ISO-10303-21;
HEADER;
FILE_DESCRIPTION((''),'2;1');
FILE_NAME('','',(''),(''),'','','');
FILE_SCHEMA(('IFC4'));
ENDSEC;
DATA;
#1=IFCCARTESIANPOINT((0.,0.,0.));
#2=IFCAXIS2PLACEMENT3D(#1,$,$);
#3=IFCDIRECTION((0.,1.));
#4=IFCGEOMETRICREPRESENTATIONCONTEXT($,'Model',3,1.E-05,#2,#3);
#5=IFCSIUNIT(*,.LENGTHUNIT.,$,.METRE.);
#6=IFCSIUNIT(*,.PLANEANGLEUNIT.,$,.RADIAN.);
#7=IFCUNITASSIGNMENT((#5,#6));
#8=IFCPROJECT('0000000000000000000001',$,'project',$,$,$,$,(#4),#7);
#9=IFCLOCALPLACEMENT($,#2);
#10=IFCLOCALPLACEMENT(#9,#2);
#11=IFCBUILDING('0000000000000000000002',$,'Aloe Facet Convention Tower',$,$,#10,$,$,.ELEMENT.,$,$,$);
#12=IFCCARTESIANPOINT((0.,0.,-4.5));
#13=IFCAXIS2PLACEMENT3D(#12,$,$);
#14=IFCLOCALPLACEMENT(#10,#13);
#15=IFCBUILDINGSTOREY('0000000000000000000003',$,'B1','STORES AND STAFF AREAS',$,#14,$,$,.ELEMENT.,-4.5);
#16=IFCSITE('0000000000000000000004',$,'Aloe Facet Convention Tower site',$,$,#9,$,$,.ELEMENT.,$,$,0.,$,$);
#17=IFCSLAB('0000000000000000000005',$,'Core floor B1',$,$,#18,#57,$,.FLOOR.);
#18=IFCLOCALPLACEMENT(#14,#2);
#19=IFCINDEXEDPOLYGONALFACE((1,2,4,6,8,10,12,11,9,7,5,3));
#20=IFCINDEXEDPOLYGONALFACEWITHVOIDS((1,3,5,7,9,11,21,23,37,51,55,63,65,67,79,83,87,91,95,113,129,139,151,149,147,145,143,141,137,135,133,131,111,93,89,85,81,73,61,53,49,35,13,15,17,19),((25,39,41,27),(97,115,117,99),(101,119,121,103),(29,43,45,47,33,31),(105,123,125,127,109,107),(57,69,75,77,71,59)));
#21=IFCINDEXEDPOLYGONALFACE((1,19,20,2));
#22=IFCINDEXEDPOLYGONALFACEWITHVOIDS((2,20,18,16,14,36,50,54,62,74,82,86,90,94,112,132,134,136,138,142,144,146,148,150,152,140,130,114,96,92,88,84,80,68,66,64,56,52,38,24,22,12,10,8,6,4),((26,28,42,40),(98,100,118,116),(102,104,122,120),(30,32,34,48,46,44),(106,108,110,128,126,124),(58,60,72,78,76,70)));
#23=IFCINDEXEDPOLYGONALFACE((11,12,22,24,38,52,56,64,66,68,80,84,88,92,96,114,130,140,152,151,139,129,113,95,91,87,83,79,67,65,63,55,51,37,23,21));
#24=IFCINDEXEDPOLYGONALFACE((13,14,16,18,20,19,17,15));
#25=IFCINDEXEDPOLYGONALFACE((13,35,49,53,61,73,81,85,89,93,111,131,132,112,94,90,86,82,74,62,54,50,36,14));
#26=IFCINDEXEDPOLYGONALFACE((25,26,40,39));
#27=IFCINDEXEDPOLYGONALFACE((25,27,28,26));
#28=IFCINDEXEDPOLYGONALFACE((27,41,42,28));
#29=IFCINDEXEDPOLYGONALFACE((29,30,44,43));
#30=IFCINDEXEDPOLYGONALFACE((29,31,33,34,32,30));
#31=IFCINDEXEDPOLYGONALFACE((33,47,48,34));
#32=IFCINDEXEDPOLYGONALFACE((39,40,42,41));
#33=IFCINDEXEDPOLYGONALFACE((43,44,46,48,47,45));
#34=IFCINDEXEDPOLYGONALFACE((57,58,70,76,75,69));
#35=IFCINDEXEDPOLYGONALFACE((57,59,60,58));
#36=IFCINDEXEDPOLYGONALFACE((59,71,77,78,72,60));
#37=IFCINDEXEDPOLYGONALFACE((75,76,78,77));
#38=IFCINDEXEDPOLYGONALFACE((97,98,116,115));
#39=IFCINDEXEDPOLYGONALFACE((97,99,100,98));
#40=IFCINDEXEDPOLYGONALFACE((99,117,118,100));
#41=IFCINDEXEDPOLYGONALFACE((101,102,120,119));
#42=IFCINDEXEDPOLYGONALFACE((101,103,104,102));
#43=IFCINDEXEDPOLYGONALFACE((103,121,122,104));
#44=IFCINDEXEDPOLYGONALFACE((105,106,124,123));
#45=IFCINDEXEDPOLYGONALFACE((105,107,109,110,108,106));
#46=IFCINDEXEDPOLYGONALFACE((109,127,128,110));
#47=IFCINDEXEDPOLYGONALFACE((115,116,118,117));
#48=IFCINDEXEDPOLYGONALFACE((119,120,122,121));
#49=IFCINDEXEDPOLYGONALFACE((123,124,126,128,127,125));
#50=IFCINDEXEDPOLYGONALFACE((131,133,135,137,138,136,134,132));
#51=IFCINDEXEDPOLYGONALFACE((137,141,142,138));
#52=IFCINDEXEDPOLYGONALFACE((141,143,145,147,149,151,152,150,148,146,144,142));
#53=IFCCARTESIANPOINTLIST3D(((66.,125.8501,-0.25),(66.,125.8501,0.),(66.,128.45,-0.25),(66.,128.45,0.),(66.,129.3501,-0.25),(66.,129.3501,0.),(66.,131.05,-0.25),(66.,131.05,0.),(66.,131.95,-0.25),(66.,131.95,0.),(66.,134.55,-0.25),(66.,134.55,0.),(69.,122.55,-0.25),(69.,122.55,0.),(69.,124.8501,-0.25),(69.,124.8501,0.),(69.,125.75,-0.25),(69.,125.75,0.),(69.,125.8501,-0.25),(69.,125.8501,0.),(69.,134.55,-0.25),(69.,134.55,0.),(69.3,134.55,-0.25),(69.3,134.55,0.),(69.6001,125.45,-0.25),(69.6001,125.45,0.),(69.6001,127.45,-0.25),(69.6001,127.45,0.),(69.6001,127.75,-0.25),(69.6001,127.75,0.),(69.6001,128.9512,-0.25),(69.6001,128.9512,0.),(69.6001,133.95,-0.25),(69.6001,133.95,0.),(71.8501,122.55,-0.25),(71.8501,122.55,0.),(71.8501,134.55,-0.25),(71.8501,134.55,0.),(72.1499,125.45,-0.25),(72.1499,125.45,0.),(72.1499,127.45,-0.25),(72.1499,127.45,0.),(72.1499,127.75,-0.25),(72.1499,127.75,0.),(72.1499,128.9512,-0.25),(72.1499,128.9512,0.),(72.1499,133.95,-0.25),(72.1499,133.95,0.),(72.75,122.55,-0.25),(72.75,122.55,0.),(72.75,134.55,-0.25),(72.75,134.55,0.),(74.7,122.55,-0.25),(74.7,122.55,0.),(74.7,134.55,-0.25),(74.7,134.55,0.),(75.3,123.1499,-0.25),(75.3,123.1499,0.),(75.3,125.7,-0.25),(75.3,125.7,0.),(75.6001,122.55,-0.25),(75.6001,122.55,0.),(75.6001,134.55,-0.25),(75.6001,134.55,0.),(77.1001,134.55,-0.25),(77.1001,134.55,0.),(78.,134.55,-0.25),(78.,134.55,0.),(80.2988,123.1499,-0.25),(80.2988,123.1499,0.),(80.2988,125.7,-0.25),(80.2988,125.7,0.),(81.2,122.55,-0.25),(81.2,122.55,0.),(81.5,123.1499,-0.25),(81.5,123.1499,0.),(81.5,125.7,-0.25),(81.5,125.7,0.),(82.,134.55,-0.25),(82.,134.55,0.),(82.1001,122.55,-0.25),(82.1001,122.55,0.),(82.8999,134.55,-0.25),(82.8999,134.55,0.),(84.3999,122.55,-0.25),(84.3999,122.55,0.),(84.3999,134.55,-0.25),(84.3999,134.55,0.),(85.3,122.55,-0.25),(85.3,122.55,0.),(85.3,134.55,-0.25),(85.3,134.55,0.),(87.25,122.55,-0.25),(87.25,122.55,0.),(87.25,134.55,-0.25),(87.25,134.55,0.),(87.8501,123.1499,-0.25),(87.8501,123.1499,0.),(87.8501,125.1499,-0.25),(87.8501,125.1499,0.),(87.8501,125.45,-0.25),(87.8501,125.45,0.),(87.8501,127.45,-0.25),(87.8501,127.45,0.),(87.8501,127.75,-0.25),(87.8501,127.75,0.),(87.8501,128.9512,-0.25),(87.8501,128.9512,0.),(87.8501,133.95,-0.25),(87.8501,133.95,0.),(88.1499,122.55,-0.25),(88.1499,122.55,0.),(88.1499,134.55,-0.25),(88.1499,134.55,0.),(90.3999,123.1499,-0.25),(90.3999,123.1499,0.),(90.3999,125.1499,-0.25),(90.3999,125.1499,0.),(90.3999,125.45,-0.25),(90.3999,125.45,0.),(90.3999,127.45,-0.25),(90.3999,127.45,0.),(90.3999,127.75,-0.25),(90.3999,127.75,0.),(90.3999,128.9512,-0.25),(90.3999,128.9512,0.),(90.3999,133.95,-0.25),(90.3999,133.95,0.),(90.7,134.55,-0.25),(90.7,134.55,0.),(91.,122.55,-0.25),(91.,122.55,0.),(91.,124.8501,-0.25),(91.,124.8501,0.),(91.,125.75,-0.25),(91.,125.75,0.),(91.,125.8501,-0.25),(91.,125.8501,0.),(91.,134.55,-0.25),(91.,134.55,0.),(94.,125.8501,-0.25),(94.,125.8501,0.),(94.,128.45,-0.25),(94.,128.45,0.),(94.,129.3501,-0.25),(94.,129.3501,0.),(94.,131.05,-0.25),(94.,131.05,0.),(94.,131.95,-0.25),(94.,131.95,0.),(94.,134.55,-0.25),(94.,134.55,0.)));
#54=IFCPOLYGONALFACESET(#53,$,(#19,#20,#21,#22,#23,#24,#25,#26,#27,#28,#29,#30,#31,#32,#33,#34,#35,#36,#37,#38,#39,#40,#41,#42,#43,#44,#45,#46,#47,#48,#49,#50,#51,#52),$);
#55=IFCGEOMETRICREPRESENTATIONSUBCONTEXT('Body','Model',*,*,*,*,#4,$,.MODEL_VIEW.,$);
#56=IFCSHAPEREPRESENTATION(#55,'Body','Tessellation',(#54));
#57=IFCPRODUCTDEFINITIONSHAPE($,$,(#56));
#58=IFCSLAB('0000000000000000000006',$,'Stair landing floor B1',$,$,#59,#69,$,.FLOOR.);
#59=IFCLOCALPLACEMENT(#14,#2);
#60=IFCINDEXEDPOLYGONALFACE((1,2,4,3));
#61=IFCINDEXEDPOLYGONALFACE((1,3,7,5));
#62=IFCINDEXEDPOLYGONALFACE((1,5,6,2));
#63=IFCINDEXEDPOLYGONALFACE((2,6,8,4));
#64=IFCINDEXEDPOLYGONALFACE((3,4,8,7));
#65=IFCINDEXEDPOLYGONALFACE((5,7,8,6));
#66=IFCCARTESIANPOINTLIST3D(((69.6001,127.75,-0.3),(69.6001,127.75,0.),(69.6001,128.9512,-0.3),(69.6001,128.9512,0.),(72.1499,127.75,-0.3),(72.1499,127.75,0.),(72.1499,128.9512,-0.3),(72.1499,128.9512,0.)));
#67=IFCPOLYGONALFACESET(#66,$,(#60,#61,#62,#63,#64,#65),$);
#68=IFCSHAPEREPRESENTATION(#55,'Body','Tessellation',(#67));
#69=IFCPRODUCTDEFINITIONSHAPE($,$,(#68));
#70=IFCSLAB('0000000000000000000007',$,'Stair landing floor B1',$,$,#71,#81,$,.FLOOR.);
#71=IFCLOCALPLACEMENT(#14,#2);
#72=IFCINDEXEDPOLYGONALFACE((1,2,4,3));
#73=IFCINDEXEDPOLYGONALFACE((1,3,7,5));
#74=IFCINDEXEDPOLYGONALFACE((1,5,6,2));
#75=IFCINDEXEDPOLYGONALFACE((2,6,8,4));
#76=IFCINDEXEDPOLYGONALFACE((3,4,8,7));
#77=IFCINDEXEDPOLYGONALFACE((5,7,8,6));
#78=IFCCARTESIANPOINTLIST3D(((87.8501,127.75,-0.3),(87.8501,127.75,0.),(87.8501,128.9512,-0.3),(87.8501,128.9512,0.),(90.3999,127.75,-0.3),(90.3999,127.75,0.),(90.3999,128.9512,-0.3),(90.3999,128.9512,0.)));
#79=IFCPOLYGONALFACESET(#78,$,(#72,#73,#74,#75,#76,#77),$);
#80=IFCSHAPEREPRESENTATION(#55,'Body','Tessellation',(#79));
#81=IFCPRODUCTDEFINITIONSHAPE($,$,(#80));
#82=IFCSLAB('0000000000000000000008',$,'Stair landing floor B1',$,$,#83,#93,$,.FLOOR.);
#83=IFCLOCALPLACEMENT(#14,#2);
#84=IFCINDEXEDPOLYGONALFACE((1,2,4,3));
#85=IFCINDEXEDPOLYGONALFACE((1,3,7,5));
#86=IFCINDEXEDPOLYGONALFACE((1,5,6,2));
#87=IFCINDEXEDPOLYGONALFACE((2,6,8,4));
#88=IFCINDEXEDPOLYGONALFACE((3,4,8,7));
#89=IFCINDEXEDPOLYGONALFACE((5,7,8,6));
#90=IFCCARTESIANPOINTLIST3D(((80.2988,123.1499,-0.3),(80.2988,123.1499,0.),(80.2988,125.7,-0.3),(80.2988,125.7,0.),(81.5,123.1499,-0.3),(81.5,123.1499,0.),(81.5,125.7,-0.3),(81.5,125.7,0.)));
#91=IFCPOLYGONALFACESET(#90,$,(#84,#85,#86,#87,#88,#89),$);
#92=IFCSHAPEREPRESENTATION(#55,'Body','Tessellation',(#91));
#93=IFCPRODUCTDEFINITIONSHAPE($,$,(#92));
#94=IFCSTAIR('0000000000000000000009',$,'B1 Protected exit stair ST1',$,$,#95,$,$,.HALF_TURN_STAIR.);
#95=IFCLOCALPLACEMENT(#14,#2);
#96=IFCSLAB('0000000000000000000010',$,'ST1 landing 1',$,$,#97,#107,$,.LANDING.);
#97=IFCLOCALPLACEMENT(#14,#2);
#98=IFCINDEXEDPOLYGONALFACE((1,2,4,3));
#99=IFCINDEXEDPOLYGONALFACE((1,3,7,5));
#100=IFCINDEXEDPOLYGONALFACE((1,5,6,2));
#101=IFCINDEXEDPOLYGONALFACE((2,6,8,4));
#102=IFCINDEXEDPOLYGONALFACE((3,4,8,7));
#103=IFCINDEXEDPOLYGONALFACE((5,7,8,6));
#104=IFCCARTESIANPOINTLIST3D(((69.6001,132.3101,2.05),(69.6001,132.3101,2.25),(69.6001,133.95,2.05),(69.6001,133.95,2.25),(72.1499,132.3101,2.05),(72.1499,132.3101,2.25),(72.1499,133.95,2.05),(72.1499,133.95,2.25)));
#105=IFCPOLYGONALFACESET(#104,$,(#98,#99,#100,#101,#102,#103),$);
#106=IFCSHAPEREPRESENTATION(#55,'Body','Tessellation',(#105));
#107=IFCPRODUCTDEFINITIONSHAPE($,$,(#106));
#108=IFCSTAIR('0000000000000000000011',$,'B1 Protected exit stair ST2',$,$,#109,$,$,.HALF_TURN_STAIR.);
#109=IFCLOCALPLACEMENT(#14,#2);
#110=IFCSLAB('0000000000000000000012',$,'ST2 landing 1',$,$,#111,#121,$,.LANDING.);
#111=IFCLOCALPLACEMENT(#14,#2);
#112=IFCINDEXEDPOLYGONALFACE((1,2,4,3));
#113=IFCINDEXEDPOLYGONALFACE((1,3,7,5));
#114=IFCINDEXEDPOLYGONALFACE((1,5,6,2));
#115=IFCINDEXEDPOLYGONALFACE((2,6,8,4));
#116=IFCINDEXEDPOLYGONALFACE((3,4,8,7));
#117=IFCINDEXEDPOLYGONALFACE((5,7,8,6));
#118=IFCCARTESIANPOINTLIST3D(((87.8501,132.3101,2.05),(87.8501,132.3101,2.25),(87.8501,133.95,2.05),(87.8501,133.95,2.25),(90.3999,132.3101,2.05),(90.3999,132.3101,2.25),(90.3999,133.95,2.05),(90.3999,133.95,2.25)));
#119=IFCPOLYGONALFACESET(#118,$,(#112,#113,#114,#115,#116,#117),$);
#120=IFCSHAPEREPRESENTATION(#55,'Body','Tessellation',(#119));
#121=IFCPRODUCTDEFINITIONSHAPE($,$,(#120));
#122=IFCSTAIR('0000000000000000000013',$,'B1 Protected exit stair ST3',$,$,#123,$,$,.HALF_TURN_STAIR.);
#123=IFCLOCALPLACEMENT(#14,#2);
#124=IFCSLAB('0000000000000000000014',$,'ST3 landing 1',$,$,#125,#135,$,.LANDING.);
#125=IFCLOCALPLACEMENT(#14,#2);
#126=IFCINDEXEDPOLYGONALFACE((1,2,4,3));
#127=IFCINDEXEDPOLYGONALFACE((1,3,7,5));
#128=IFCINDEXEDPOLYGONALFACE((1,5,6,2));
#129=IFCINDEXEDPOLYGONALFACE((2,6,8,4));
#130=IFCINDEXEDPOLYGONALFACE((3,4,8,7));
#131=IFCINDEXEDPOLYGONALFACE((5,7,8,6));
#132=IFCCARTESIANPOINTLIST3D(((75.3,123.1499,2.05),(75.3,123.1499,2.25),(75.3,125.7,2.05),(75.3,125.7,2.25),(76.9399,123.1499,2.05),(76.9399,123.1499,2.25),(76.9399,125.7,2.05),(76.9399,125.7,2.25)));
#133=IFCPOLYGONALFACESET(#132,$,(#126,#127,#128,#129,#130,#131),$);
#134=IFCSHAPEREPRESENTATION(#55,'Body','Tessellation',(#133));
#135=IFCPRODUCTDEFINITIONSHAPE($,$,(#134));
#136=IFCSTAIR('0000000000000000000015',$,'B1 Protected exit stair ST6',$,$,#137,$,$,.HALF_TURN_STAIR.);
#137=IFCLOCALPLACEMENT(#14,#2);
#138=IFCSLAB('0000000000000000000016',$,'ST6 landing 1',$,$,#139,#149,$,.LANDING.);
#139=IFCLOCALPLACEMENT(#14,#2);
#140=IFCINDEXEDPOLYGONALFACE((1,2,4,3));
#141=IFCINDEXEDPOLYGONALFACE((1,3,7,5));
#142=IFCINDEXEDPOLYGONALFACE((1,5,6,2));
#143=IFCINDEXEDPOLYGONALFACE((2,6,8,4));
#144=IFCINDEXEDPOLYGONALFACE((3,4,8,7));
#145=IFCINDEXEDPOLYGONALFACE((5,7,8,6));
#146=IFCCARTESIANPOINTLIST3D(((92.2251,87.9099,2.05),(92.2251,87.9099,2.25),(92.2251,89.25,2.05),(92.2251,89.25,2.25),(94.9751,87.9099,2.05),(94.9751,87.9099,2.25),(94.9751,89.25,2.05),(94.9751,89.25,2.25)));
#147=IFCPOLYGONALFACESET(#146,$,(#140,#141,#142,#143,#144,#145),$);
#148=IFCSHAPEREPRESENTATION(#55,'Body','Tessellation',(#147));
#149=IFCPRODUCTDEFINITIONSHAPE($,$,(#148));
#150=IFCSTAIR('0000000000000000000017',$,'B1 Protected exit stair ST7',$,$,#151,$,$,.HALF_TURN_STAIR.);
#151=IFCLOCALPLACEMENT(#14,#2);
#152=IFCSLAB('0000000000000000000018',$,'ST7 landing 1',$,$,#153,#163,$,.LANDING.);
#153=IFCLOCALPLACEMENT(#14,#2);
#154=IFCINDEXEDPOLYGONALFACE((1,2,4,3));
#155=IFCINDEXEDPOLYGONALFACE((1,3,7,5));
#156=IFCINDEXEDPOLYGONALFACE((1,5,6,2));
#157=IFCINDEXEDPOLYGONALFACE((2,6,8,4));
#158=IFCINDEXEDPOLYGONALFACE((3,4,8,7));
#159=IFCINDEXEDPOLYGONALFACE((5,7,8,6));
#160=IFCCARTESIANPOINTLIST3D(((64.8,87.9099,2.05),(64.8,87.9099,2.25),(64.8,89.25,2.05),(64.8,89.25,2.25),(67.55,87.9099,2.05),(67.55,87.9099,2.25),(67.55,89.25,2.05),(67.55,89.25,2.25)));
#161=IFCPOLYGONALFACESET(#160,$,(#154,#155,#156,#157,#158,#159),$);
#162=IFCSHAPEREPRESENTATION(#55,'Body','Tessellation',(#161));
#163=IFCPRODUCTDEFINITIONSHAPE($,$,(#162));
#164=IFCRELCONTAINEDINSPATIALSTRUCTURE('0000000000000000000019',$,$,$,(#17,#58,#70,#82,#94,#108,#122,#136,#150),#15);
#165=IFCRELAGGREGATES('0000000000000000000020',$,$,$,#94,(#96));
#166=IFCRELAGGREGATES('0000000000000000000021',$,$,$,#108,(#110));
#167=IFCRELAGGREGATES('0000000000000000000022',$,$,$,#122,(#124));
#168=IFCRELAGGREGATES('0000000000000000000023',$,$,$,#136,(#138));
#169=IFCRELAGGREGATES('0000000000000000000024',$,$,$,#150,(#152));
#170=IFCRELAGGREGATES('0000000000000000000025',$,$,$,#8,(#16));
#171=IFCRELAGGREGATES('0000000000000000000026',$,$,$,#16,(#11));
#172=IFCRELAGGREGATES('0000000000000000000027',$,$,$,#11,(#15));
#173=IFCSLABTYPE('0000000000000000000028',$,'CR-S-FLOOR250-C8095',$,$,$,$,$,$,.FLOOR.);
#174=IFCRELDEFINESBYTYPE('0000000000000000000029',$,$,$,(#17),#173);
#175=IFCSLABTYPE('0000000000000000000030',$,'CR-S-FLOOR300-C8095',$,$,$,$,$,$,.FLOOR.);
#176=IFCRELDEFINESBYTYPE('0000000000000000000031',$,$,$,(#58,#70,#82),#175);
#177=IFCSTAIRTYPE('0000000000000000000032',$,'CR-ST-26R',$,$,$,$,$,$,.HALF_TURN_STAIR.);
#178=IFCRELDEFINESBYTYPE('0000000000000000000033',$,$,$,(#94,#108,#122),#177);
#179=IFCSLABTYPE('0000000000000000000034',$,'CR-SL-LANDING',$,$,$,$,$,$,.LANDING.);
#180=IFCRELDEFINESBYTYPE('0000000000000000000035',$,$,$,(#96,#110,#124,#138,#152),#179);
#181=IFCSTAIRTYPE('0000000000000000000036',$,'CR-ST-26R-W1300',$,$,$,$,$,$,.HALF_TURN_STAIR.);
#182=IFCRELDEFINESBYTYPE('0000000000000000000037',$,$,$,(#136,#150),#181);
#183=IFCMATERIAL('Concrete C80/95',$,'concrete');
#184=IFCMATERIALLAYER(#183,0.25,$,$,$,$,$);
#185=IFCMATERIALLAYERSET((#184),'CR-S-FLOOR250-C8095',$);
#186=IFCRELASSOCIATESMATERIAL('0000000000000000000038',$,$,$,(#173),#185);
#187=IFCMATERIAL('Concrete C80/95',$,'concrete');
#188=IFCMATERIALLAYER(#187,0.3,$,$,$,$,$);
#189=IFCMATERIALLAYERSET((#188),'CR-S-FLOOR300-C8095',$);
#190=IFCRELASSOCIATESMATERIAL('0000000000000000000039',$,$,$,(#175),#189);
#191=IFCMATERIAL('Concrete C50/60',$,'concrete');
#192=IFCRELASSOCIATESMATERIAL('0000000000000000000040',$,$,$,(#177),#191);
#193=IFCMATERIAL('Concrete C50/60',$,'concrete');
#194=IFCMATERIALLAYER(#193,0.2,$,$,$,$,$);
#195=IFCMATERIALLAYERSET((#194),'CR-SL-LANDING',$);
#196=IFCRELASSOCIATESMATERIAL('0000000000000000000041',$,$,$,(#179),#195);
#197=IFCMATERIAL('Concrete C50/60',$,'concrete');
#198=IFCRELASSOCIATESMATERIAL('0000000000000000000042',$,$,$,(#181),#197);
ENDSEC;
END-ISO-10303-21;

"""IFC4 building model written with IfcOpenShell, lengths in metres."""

from ifc_helpers import new_model, si_unit, direction, frame, origin, place, context, subcontext, project, spatial, polyline, outline, extrude, material, layer, layer_set, type_object, element, aggregate, save


model = new_model("IFC4")

# Units and contexts
model_context = context("Model", 3, precision=1e-05, world=origin(), true_north=direction((0.0, 1.0)))
body_context = subcontext(model_context, "Body", "Model", "MODEL_VIEW")
ifc_project = project(units=[si_unit("LENGTHUNIT", "METRE"), si_unit("PLANEANGLEUNIT", "RADIAN")], contexts=[model_context])

# Site, building, storey
site_placement = place(None, origin())
site = spatial("IfcSite", under=ifc_project, at=site_placement, Name="Aloe Facet Convention Tower site", CompositionType="ELEMENT", RefElevation=0.0)
building_placement = place(site_placement, origin())
building = spatial("IfcBuilding", under=site, at=building_placement, Name="Aloe Facet Convention Tower", CompositionType="ELEMENT")
storey_placement = place(building_placement, frame((0.0, 0.0, -4.5)))
storey = spatial("IfcBuildingStorey", under=building, at=storey_placement, Name="B1", Description="STORES AND STAFF AREAS", CompositionType="ELEMENT", Elevation=-4.5)

# Slabs
ifc_material_1 = material(Name="Concrete C80/95", Category="concrete")
ifc_layer_1 = layer(ifc_material_1, 0.25)
ifc_layer_set_1 = layer_set([ifc_layer_1], Name="CR-S-FLOOR250-C8095")
slab_type_1 = type_object("IfcSlabType", Name="CR-S-FLOOR250-C8095", PredefinedType="FLOOR", material=ifc_layer_set_1)
slab_1_placement = place(storey_placement, frame((0.0, 0.0, -0.25)))
element("IfcSlab", 1, at=slab_1_placement, inside=storey, type_object=slab_type_1, Name="Core floor B1", PredefinedType="FLOOR", context=body_context, shape_type="SweptSolid", body=[
    extrude(outline(polyline([(69.3, 134.55), (71.8501, 134.55), (72.75, 134.55), (74.7, 134.55), (75.6001, 134.55), (77.1001, 134.55), (78.0, 134.55), (82.0, 134.55), (82.8999, 134.55), (84.3999, 134.55), (85.3, 134.55), (87.25, 134.55), (88.1499, 134.55), (90.7, 134.55), (91.0, 134.55), (94.0, 134.55), (94.0, 131.95), (94.0, 131.05), (94.0, 129.3501), (94.0, 128.45), (94.0, 125.8501), (91.0, 125.8501), (91.0, 125.75), (91.0, 124.8501), (91.0, 122.55), (88.1499, 122.55), (87.25, 122.55), (85.3, 122.55), (84.3999, 122.55), (82.1001, 122.55), (81.2, 122.55), (75.6001, 122.55), (74.7, 122.55), (72.75, 122.55), (71.8501, 122.55), (69.0, 122.55), (69.0, 124.8501), (69.0, 125.75), (69.0, 125.8501), (66.0, 125.8501), (66.0, 128.45), (66.0, 129.3501), (66.0, 131.05), (66.0, 131.95), (66.0, 134.55), (69.0, 134.55), (69.3, 134.55)]), holes=[polyline([(90.3999, 125.1499), (87.8501, 125.1499), (87.8501, 123.1499), (90.3999, 123.1499), (90.3999, 125.1499)]), polyline([(80.2988, 123.1499), (81.5, 123.1499), (81.5, 125.7), (80.2988, 125.7), (75.3, 125.7), (75.3, 123.1499), (80.2988, 123.1499)]), polyline([(72.1499, 125.45), (72.1499, 127.45), (69.6001, 127.45), (69.6001, 125.45), (72.1499, 125.45)]), polyline([(90.3999, 127.45), (87.8501, 127.45), (87.8501, 125.45), (90.3999, 125.45), (90.3999, 127.45)]), polyline([(69.6001, 128.9512), (69.6001, 127.75), (72.1499, 127.75), (72.1499, 128.9512), (72.1499, 133.95), (69.6001, 133.95), (69.6001, 128.9512)]), polyline([(87.8501, 128.9512), (87.8501, 127.75), (90.3999, 127.75), (90.3999, 128.9512), (90.3999, 133.95), (87.8501, 133.95), (87.8501, 128.9512)])]), origin(), (0.0, 0.0, 1.0), 0.25),
])
ifc_material_2 = material(Name="Concrete C80/95", Category="concrete")
ifc_layer_2 = layer(ifc_material_2, 0.3)
ifc_layer_set_2 = layer_set([ifc_layer_2], Name="CR-S-FLOOR300-C8095")
slab_type_2 = type_object("IfcSlabType", Name="CR-S-FLOOR300-C8095", PredefinedType="FLOOR", material=ifc_layer_set_2)
slab_2_placement = place(storey_placement, frame((0.0, 0.0, -0.3)))
element("IfcSlab", 2, at=slab_2_placement, inside=storey, type_object=slab_type_2, Name="Stair landing floor B1", PredefinedType="FLOOR", context=body_context, shape_type="SweptSolid", body=[
    extrude(outline(polyline([(72.1499, 127.75), (72.1499, 128.9512), (69.6001, 128.9512), (69.6001, 127.75), (72.1499, 127.75)])), origin(), (0.0, 0.0, 1.0), 0.3),
])
slab_3_placement = place(storey_placement, frame((0.0, 0.0, -0.3)))
element("IfcSlab", 3, at=slab_3_placement, inside=storey, type_object=slab_type_2, Name="Stair landing floor B1", PredefinedType="FLOOR", context=body_context, shape_type="SweptSolid", body=[
    extrude(outline(polyline([(90.3999, 127.75), (90.3999, 128.9512), (87.8501, 128.9512), (87.8501, 127.75), (90.3999, 127.75)])), origin(), (0.0, 0.0, 1.0), 0.3),
])
slab_4_placement = place(storey_placement, frame((0.0, 0.0, -0.3)))
element("IfcSlab", 4, at=slab_4_placement, inside=storey, type_object=slab_type_2, Name="Stair landing floor B1", PredefinedType="FLOOR", context=body_context, shape_type="SweptSolid", body=[
    extrude(outline(polyline([(81.5, 125.7), (80.2988, 125.7), (80.2988, 123.1499), (81.5, 123.1499), (81.5, 125.7)])), origin(), (0.0, 0.0, 1.0), 0.3),
])

# Stairs, slabs
ifc_material_3 = material(Name="Concrete C50/60", Category="concrete")
stair_type_1 = type_object("IfcStairType", Name="CR-ST-26R", PredefinedType="HALF_TURN_STAIR", material=ifc_material_3)
stair_1_placement = place(storey_placement, origin())
stair_1 = element("IfcStair", 5, at=stair_1_placement, inside=storey, type_object=stair_type_1, Name="B1 Protected exit stair ST1", PredefinedType="HALF_TURN_STAIR")
ifc_material_4 = material(Name="Concrete C50/60", Category="concrete")
ifc_layer_3 = layer(ifc_material_4, 0.2)
ifc_layer_set_3 = layer_set([ifc_layer_3], Name="CR-SL-LANDING")
slab_type_3 = type_object("IfcSlabType", Name="CR-SL-LANDING", PredefinedType="LANDING", material=ifc_layer_set_3)
slab_5_placement = place(storey_placement, frame((0.0, 0.0, 2.05)))
slab_5 = element("IfcSlab", 6, at=slab_5_placement, type_object=slab_type_3, Name="ST1 landing 1", PredefinedType="LANDING", context=body_context, shape_type="SweptSolid", body=[
    extrude(outline(polyline([(72.1499, 132.3101), (72.1499, 133.95), (69.6001, 133.95), (69.6001, 132.3101), (72.1499, 132.3101)])), origin(), (0.0, 0.0, 1.0), 0.2),
])
aggregate(stair_1, [slab_5])
stair_2_placement = place(storey_placement, origin())
stair_2 = element("IfcStair", 7, at=stair_2_placement, inside=storey, type_object=stair_type_1, Name="B1 Protected exit stair ST2", PredefinedType="HALF_TURN_STAIR")
slab_6_placement = place(storey_placement, frame((0.0, 0.0, 2.05)))
slab_6 = element("IfcSlab", 8, at=slab_6_placement, type_object=slab_type_3, Name="ST2 landing 1", PredefinedType="LANDING", context=body_context, shape_type="SweptSolid", body=[
    extrude(outline(polyline([(90.3999, 132.3101), (90.3999, 133.95), (87.8501, 133.95), (87.8501, 132.3101), (90.3999, 132.3101)])), origin(), (0.0, 0.0, 1.0), 0.2),
])
aggregate(stair_2, [slab_6])
stair_3_placement = place(storey_placement, origin())
stair_3 = element("IfcStair", 9, at=stair_3_placement, inside=storey, type_object=stair_type_1, Name="B1 Protected exit stair ST3", PredefinedType="HALF_TURN_STAIR")
slab_7_placement = place(storey_placement, frame((0.0, 0.0, 2.05)))
slab_7 = element("IfcSlab", 10, at=slab_7_placement, type_object=slab_type_3, Name="ST3 landing 1", PredefinedType="LANDING", context=body_context, shape_type="SweptSolid", body=[
    extrude(outline(polyline([(76.9399, 125.7), (75.3, 125.7), (75.3, 123.1499), (76.9399, 123.1499), (76.9399, 125.7)])), origin(), (0.0, 0.0, 1.0), 0.2),
])
aggregate(stair_3, [slab_7])
ifc_material_5 = material(Name="Concrete C50/60", Category="concrete")
stair_type_2 = type_object("IfcStairType", Name="CR-ST-26R-W1300", PredefinedType="HALF_TURN_STAIR", material=ifc_material_5)
stair_4_placement = place(storey_placement, origin())
stair_4 = element("IfcStair", 11, at=stair_4_placement, inside=storey, type_object=stair_type_2, Name="B1 Protected exit stair ST6", PredefinedType="HALF_TURN_STAIR")
slab_8_placement = place(storey_placement, frame((0.0, 0.0, 2.05)))
slab_8 = element("IfcSlab", 12, at=slab_8_placement, type_object=slab_type_3, Name="ST6 landing 1", PredefinedType="LANDING", context=body_context, shape_type="SweptSolid", body=[
    extrude(outline(polyline([(94.9751, 87.9099), (94.9751, 89.25), (92.2251, 89.25), (92.2251, 87.9099), (94.9751, 87.9099)])), origin(), (0.0, 0.0, 1.0), 0.2),
])
aggregate(stair_4, [slab_8])
stair_5_placement = place(storey_placement, origin())
stair_5 = element("IfcStair", 13, at=stair_5_placement, inside=storey, type_object=stair_type_2, Name="B1 Protected exit stair ST7", PredefinedType="HALF_TURN_STAIR")
slab_9_placement = place(storey_placement, frame((0.0, 0.0, 2.05)))
slab_9 = element("IfcSlab", 14, at=slab_9_placement, type_object=slab_type_3, Name="ST7 landing 1", PredefinedType="LANDING", context=body_context, shape_type="SweptSolid", body=[
    extrude(outline(polyline([(67.55, 87.9099), (67.55, 89.25), (64.8, 89.25), (64.8, 87.9099), (67.55, 87.9099)])), origin(), (0.0, 0.0, 1.0), 0.2),
])
aggregate(stair_5, [slab_9])

save(model, "model.ifc")
